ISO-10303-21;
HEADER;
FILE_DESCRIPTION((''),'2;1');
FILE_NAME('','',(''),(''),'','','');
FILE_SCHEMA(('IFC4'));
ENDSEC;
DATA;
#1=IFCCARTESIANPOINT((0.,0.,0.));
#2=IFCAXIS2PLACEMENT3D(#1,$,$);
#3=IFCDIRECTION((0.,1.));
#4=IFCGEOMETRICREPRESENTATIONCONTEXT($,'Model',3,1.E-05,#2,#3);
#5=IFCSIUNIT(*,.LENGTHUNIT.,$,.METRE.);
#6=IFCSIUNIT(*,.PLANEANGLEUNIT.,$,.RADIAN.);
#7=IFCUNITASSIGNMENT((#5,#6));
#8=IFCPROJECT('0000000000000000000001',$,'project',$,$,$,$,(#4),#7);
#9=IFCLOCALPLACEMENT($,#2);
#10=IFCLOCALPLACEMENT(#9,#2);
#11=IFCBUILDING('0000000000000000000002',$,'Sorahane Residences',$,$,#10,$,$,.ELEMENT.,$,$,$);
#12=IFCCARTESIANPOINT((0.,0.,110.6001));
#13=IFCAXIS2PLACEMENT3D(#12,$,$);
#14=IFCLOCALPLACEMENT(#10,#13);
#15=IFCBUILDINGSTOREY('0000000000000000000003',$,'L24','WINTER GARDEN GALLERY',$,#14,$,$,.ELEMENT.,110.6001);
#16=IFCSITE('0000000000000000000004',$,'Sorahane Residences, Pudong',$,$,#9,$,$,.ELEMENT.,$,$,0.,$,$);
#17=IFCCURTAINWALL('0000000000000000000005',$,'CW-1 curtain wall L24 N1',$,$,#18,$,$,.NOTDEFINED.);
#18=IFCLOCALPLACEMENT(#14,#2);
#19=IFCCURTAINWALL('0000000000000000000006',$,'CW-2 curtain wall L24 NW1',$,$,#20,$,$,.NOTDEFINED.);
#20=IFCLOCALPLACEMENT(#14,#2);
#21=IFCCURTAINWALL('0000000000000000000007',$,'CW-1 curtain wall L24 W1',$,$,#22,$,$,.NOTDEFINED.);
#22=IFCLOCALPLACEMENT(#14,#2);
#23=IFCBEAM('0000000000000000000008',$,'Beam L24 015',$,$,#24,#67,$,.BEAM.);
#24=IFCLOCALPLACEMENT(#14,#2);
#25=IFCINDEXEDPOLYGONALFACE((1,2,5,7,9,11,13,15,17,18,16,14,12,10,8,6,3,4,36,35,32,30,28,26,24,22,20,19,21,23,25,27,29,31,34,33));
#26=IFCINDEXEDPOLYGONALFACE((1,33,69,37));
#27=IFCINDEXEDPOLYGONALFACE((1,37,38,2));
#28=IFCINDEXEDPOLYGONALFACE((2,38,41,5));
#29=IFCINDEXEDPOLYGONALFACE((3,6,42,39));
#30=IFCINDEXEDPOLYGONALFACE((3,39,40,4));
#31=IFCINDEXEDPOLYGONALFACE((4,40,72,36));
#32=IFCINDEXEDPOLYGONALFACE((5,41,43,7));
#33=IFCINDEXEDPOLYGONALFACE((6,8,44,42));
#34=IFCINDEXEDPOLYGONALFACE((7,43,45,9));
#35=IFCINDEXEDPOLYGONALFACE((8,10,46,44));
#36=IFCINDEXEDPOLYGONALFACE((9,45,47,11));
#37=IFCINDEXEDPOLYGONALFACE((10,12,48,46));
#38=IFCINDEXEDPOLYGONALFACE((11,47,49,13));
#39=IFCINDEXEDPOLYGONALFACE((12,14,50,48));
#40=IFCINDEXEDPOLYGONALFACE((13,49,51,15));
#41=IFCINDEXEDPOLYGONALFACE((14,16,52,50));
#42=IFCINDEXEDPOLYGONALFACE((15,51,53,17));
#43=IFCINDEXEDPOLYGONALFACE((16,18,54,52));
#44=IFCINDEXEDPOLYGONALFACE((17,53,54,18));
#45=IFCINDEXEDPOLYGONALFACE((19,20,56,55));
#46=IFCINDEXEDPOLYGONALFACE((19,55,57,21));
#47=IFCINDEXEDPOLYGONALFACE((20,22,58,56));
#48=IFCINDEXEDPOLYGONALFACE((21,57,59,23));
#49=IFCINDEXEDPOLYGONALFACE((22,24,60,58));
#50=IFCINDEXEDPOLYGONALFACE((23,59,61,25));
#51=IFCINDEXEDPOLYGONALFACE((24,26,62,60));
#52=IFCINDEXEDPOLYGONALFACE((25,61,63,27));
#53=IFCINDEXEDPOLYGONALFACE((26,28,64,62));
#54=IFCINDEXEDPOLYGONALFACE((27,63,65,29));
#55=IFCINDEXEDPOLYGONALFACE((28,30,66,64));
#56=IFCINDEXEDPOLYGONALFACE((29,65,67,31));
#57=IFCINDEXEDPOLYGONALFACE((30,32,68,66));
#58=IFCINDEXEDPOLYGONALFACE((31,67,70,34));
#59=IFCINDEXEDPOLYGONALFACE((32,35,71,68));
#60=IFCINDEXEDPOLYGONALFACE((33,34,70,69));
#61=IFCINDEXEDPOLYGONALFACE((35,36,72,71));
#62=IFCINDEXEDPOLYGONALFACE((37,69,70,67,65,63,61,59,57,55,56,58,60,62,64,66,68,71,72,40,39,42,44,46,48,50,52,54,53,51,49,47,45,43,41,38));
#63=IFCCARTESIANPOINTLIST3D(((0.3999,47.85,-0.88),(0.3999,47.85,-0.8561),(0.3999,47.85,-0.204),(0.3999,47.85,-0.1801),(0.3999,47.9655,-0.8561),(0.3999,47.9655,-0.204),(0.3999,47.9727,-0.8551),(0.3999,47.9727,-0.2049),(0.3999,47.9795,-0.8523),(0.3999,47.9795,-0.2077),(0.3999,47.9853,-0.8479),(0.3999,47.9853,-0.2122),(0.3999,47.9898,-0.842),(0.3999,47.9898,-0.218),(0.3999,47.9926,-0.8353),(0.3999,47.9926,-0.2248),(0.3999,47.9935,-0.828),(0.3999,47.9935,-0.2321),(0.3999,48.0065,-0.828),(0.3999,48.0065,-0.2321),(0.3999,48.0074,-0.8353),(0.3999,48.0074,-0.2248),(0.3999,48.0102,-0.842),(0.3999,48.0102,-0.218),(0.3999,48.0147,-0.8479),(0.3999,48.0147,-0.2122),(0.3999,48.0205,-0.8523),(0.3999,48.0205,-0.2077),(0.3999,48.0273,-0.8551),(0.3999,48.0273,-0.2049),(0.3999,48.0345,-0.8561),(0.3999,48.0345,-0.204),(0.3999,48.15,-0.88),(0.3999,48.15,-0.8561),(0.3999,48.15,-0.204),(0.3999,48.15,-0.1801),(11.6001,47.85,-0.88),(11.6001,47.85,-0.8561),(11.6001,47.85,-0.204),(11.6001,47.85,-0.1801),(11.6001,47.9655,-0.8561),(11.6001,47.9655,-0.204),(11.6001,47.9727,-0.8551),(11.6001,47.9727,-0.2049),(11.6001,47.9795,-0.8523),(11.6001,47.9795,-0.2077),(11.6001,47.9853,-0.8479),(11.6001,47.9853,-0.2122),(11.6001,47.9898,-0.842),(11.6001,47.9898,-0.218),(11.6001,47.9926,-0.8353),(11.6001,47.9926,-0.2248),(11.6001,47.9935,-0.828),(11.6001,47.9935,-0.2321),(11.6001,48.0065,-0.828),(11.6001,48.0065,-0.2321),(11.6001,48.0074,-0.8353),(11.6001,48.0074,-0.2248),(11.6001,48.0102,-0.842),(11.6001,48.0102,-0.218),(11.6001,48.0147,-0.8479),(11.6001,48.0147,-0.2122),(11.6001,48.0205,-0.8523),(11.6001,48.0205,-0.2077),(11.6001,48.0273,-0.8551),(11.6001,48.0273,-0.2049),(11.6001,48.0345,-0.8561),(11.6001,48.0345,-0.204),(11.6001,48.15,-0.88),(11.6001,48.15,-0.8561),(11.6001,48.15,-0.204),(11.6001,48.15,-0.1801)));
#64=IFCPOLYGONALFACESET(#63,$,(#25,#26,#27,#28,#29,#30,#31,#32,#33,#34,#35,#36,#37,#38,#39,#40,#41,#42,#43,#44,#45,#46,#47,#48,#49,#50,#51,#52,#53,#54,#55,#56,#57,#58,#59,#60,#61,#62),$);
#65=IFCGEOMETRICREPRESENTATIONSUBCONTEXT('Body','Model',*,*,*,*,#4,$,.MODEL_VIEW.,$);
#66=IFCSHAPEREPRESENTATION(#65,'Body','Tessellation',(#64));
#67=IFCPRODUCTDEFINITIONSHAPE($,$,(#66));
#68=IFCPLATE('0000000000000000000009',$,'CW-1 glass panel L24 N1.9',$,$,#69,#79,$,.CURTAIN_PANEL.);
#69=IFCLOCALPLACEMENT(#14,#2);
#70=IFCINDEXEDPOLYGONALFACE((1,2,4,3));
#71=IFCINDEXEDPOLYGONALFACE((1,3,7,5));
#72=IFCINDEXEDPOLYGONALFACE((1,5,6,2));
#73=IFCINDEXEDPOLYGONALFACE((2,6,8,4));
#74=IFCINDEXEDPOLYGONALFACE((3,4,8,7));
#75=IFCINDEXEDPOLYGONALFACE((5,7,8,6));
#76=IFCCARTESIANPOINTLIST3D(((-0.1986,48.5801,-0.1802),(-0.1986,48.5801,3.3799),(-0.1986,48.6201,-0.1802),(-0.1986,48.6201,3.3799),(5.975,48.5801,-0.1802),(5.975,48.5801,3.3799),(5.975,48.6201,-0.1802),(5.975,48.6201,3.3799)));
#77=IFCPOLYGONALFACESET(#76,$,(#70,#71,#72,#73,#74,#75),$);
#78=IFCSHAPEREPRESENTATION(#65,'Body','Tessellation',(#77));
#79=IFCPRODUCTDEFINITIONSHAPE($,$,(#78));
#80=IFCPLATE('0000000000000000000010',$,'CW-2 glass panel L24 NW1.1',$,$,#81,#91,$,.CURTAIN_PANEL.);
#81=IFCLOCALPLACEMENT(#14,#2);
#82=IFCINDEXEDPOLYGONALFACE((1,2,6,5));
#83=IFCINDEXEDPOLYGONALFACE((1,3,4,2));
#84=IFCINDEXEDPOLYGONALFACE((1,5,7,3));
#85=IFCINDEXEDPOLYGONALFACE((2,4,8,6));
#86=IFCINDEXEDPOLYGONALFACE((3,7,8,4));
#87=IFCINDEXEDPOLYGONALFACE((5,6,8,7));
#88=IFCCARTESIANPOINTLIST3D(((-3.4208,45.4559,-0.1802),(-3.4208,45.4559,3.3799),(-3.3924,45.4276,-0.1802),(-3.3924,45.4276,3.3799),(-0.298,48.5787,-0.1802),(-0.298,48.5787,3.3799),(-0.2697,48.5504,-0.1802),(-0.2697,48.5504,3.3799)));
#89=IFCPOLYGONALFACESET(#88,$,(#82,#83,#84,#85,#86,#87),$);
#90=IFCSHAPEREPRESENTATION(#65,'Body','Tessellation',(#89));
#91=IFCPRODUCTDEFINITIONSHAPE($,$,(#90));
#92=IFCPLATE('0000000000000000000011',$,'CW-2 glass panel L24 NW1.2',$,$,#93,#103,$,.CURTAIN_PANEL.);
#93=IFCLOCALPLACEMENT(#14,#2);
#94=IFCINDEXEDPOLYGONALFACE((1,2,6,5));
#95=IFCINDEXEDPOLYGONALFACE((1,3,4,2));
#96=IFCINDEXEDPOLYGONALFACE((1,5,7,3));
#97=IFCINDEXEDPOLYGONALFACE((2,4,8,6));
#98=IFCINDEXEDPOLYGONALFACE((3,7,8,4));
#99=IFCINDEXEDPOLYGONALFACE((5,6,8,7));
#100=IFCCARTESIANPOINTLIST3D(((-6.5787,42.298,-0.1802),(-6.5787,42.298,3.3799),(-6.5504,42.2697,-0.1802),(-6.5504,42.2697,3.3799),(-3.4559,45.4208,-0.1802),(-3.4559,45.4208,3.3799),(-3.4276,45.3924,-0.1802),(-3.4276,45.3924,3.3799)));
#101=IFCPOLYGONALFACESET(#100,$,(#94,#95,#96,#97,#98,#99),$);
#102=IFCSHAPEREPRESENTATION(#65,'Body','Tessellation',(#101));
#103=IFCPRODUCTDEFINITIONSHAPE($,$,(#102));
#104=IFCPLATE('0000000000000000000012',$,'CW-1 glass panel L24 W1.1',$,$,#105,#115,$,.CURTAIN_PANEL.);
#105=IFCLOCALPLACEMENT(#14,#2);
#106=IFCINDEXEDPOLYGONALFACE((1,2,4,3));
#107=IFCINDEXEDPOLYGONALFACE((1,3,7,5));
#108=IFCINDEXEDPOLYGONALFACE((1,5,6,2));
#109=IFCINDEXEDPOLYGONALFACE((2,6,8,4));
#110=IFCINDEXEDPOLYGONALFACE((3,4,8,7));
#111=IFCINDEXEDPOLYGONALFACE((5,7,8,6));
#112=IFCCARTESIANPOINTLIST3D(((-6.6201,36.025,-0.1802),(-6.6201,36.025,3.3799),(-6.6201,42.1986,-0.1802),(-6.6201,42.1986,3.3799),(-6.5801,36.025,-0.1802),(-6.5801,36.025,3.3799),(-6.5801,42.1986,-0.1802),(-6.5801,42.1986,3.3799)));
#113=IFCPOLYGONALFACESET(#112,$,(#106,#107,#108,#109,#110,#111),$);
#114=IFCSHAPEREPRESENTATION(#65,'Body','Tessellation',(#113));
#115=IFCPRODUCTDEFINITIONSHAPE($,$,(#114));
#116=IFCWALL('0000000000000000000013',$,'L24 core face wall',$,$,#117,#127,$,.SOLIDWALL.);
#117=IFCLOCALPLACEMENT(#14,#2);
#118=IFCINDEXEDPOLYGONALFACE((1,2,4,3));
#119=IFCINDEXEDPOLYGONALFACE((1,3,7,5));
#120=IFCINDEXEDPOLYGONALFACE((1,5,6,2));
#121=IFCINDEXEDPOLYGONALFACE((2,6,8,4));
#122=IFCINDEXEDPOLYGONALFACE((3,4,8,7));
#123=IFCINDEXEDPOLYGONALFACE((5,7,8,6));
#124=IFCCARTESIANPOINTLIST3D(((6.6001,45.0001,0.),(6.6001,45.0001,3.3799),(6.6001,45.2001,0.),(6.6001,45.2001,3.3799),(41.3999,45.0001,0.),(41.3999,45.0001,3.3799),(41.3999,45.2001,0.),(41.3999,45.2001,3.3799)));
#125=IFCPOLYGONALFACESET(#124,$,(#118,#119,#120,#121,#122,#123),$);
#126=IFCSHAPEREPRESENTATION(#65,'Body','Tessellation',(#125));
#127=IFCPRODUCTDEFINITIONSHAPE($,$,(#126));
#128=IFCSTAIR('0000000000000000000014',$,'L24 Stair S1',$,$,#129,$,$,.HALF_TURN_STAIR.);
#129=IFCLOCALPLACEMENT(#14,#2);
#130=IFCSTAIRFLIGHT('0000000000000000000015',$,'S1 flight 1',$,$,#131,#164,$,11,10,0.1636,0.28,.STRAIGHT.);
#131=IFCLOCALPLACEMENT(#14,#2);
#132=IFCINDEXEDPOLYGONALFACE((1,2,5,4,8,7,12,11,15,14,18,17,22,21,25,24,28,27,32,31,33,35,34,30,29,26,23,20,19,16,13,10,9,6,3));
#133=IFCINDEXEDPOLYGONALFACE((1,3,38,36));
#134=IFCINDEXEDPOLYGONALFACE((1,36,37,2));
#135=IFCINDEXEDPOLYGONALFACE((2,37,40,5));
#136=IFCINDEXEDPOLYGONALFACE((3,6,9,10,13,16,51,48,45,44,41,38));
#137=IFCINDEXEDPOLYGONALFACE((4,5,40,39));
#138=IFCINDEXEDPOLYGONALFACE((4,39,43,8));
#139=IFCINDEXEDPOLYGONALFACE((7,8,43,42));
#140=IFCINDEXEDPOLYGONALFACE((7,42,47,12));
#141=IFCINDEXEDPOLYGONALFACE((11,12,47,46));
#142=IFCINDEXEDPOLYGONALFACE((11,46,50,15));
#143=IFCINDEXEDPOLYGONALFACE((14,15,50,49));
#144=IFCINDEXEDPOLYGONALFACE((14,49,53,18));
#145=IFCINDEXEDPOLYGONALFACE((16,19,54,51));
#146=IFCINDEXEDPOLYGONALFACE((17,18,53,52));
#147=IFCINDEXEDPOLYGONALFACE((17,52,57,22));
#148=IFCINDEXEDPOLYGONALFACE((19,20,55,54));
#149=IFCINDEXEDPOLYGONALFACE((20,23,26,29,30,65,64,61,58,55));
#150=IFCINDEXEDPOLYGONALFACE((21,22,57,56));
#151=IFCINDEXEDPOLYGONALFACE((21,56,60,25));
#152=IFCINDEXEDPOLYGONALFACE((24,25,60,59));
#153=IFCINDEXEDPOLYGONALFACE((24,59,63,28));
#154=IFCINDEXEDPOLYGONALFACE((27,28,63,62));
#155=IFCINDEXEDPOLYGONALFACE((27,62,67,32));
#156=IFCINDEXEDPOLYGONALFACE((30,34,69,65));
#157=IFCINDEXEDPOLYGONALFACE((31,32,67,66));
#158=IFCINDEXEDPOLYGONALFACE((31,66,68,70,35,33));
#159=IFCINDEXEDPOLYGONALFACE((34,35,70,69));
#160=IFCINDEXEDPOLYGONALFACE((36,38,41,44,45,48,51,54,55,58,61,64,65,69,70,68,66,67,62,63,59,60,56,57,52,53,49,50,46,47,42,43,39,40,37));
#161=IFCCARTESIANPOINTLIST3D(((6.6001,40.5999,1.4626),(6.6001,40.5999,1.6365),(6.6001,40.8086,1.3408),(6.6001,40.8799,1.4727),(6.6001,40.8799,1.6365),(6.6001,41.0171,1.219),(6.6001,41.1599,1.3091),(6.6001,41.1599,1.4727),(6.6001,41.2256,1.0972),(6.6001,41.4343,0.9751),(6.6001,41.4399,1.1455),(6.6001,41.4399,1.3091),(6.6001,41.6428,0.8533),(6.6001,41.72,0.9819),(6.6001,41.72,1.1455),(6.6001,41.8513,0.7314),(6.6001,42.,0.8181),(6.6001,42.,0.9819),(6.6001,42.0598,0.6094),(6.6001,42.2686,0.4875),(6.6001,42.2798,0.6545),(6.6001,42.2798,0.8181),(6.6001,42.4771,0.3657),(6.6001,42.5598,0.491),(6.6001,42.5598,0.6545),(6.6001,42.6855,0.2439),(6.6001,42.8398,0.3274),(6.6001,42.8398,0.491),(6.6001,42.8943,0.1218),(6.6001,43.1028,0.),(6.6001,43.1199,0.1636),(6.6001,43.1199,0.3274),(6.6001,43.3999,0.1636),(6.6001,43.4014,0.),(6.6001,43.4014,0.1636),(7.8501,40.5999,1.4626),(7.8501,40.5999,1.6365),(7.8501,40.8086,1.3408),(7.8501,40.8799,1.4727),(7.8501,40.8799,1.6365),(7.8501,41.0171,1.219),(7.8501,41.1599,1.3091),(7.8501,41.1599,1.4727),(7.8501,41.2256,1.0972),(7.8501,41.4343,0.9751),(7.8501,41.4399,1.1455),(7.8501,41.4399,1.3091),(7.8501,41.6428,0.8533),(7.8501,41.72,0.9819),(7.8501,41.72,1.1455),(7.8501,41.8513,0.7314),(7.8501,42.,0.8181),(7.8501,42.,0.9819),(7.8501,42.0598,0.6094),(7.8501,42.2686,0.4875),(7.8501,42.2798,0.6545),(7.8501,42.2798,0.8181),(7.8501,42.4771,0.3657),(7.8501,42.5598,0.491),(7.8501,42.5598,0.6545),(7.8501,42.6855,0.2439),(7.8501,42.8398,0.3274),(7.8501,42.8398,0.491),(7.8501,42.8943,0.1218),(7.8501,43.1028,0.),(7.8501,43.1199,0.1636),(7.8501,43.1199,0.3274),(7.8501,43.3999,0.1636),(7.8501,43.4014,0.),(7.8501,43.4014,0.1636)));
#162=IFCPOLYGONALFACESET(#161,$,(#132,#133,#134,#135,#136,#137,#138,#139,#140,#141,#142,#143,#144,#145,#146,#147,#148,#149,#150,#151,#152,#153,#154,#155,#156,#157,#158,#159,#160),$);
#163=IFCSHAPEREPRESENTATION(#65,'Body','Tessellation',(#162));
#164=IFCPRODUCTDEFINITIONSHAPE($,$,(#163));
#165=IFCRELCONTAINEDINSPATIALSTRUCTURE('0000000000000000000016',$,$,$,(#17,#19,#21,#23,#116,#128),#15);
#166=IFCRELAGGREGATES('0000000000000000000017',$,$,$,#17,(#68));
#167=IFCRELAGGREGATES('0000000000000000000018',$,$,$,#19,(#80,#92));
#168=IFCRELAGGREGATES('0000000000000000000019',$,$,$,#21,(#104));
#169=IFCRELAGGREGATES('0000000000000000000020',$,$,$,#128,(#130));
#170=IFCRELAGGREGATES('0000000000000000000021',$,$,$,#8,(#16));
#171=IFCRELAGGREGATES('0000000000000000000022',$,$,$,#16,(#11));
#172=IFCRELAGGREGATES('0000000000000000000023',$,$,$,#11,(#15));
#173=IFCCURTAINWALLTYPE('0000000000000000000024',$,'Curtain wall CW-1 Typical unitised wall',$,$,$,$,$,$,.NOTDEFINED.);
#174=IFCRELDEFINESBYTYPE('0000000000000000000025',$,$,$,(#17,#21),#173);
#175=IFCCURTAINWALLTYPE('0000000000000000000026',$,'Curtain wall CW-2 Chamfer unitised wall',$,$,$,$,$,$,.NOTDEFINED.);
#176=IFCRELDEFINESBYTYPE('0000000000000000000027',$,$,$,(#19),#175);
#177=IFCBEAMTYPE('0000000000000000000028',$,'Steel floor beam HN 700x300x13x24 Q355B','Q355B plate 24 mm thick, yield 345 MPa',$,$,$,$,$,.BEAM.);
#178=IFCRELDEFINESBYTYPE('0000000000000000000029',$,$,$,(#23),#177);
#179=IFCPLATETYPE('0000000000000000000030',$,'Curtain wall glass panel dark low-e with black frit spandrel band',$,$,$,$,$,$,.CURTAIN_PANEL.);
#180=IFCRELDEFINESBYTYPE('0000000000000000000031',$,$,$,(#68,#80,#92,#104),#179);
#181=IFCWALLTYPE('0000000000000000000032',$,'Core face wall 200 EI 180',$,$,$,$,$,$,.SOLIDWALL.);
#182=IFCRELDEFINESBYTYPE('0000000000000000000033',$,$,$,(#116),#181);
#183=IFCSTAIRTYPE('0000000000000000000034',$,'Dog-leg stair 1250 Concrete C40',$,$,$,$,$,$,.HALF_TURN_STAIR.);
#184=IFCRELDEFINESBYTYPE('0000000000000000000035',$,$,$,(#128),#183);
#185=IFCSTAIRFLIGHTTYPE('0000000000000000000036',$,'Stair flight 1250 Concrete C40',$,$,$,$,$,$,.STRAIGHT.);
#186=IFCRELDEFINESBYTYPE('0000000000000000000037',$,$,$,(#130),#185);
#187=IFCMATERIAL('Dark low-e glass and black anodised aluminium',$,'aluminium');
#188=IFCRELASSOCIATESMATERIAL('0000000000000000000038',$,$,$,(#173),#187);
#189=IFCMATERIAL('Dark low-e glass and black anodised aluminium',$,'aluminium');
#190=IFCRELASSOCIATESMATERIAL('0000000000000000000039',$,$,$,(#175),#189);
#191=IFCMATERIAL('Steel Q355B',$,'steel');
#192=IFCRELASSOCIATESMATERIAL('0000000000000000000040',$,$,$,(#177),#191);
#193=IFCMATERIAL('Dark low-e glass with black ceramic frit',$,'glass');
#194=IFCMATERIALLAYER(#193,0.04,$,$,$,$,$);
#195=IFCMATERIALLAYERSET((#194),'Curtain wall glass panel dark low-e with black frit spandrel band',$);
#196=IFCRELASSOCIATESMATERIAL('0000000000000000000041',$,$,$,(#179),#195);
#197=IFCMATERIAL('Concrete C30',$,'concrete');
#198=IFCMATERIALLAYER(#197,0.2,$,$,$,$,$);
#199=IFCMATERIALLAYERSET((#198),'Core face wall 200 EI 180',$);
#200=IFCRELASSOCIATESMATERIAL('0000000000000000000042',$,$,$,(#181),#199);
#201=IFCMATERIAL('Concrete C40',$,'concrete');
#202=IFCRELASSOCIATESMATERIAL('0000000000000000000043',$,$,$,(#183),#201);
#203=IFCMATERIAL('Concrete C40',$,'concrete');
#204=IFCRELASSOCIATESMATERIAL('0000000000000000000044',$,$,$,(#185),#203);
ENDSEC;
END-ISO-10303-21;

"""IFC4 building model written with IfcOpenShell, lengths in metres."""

from ifc_helpers import new_model, si_unit, direction, frame, frame_2d, origin, origin_2d, place, context, subcontext, project, spatial, polyline, rectangle, i_section, outline, extrude, material, layer, layer_set, material_profile, profile_set, type_object, element, aggregate, save


model = new_model("IFC4")

# Units and contexts
model_context = context("Model", 3, precision=1e-05, world=origin(), true_north=direction((0.0, 1.0)))
body_context = subcontext(model_context, "Body", "Model", "MODEL_VIEW")
ifc_project = project(units=[si_unit("LENGTHUNIT", "METRE"), si_unit("PLANEANGLEUNIT", "RADIAN")], contexts=[model_context])

# Site, building, storey
site_placement = place(None, origin())
site = spatial("IfcSite", under=ifc_project, at=site_placement, Name="Sorahane Residences, Pudong", CompositionType="ELEMENT", RefElevation=0.0)
building_placement = place(site_placement, origin())
building = spatial("IfcBuilding", under=site, at=building_placement, Name="Sorahane Residences", CompositionType="ELEMENT")
storey_placement = place(building_placement, frame((0.0, 0.0, 110.6001)))
storey = spatial("IfcBuildingStorey", under=building, at=storey_placement, Name="L24", Description="WINTER GARDEN GALLERY", CompositionType="ELEMENT", Elevation=110.6001)

# Curtain walls
ifc_material_1 = material(Name="Dark low-e glass and black anodised aluminium", Category="aluminium")
curtain_wall_type_1 = type_object("IfcCurtainWallType", Name="Curtain wall CW-1 Typical unitised wall", PredefinedType="NOTDEFINED", material=ifc_material_1)
curtain_wall_1_placement = place(storey_placement, origin())
curtain_wall_1 = element("IfcCurtainWall", 1, at=curtain_wall_1_placement, inside=storey, type_object=curtain_wall_type_1, Name="CW-1 curtain wall L24 N1", PredefinedType="NOTDEFINED")
ifc_material_2 = material(Name="Dark low-e glass and black anodised aluminium", Category="aluminium")
curtain_wall_type_2 = type_object("IfcCurtainWallType", Name="Curtain wall CW-2 Chamfer unitised wall", PredefinedType="NOTDEFINED", material=ifc_material_2)
curtain_wall_2_placement = place(storey_placement, origin())
curtain_wall_2 = element("IfcCurtainWall", 2, at=curtain_wall_2_placement, inside=storey, type_object=curtain_wall_type_2, Name="CW-2 curtain wall L24 NW1", PredefinedType="NOTDEFINED")

# Curtain wall
curtain_wall_3_placement = place(storey_placement, origin())
curtain_wall_3 = element("IfcCurtainWall", 3, at=curtain_wall_3_placement, inside=storey, type_object=curtain_wall_type_1, Name="CW-1 curtain wall L24 W1", PredefinedType="NOTDEFINED")

# Beam
ifc_material_3 = material(Name="Steel Q355B", Category="steel")
ifc_material_profile_1 = material_profile(ifc_material_3, i_section(OverallWidth=0.3, OverallDepth=0.7, WebThickness=0.0129, FlangeThickness=0.0239, FilletRadius=0.0281, at=origin_2d()), Name="HN 700x300x13x24")
ifc_profile_set_1 = profile_set([ifc_material_profile_1], Name="Steel Q355B")
beam_type_1 = type_object("IfcBeamType", Name="Steel floor beam HN 700x300x13x24 Q355B", Description="Q355B plate 24 mm thick, yield 345 MPa", PredefinedType="BEAM", material=ifc_profile_set_1)
beam_1_placement = place(storey_placement, frame((0.3999, 48.0, -0.53), z_axis=(1.0, 0.0, 0.0), x_axis=(0.0, 1.0, 0.0)))
element("IfcBeam", 4, at=beam_1_placement, inside=storey, type_object=beam_type_1, Name="Beam L24 015", PredefinedType="BEAM", context=body_context, shape_type="SweptSolid", body=[
    extrude(i_section(OverallWidth=0.3, OverallDepth=0.7, WebThickness=0.0129, FlangeThickness=0.0239, FilletRadius=0.0281, at=origin_2d()), origin(), (0.0, 0.0, 1.0), 11.2002),
])

# Plates
ifc_material_4 = material(Name="Dark low-e glass with black ceramic frit", Category="glass")
ifc_layer_1 = layer(ifc_material_4, 0.04)
ifc_layer_set_1 = layer_set([ifc_layer_1], Name="Curtain wall glass panel dark low-e with black frit spandrel band")
plate_type = type_object("IfcPlateType", Name="Curtain wall glass panel dark low-e with black frit spandrel band", PredefinedType="CURTAIN_PANEL", material=ifc_layer_set_1)
plate_1_placement = place(storey_placement, frame((2.8882, 48.6001, -0.1802), z_axis=(0.0, 0.0, 1.0), x_axis=(-1.0, 0.0, 0.0)))
plate_1 = element("IfcPlate", 5, at=plate_1_placement, type_object=plate_type, Name="CW-1 glass panel L24 N1.9", PredefinedType="CURTAIN_PANEL", context=body_context, shape_type="SweptSolid", body=[
    extrude(rectangle(XDim=6.1736, YDim=0.04, at=origin_2d()), origin(), (0.0, 0.0, 1.0), 3.5601),
])
aggregate(curtain_wall_1, [plate_1])
plate_2_placement = place(storey_placement, frame((-1.8452, 47.0032, -0.1802), z_axis=(0.0, 0.0, 1.0), x_axis=(-0.707107, -0.707107, 0.0)))
plate_2 = element("IfcPlate", 6, at=plate_2_placement, type_object=plate_type, Name="CW-2 glass panel L24 NW1.1", PredefinedType="CURTAIN_PANEL", context=body_context, shape_type="SweptSolid", body=[
    extrude(rectangle(XDim=4.4163, YDim=0.04, at=origin_2d()), origin(), (0.0, 0.0, 1.0), 3.5601),
])
plate_3_placement = place(storey_placement, frame((-5.0032, 43.8452, -0.1802), z_axis=(0.0, 0.0, 1.0), x_axis=(-0.707107, -0.707107, 0.0)))
plate_3 = element("IfcPlate", 7, at=plate_3_placement, type_object=plate_type, Name="CW-2 glass panel L24 NW1.2", PredefinedType="CURTAIN_PANEL", context=body_context, shape_type="SweptSolid", body=[
    extrude(rectangle(XDim=4.4163, YDim=0.04, at=origin_2d()), origin(), (0.0, 0.0, 1.0), 3.5601),
])
aggregate(curtain_wall_2, [plate_2, plate_3])
plate_4_placement = place(storey_placement, frame((-6.6001, 39.1118, -0.1802), z_axis=(0.0, 0.0, 1.0), x_axis=(0.0, -1.0, 0.0)))
plate_4 = element("IfcPlate", 8, at=plate_4_placement, type_object=plate_type, Name="CW-1 glass panel L24 W1.1", PredefinedType="CURTAIN_PANEL", context=body_context, shape_type="SweptSolid", body=[
    extrude(rectangle(XDim=6.1736, YDim=0.04, at=origin_2d()), origin(), (0.0, 0.0, 1.0), 3.5601),
])
aggregate(curtain_wall_3, [plate_4])

# Wall
ifc_material_5 = material(Name="Concrete C30", Category="concrete")
ifc_layer_2 = layer(ifc_material_5, 0.2)
ifc_layer_set_2 = layer_set([ifc_layer_2], Name="Core face wall 200 EI 180")
wall_type = type_object("IfcWallType", Name="Core face wall 200 EI 180", PredefinedType="SOLIDWALL", material=ifc_layer_set_2)
wall_placement = place(storey_placement, frame((6.6001, 45.1001, 0.0), z_axis=(0.0, 0.0, 1.0), x_axis=(1.0, 0.0, 0.0)))
element("IfcWall", 9, at=wall_placement, inside=storey, type_object=wall_type, Name="L24 core face wall", PredefinedType="SOLIDWALL", context=body_context, shape_type="SweptSolid", body=[
    extrude(rectangle(XDim=34.7998, YDim=0.2, at=frame_2d((17.3999, 0.0))), origin(), (0.0, 0.0, 1.0), 3.3799),
])

# Stair, stair flight
ifc_material_6 = material(Name="Concrete C40", Category="concrete")
stair_type = type_object("IfcStairType", Name="Dog-leg stair 1250 Concrete C40", PredefinedType="HALF_TURN_STAIR", material=ifc_material_6)
stair_placement = place(storey_placement, origin())
stair = element("IfcStair", 10, at=stair_placement, inside=storey, type_object=stair_type, Name="L24 Stair S1", PredefinedType="HALF_TURN_STAIR")
ifc_material_7 = material(Name="Concrete C40", Category="concrete")
stair_flight_type = type_object("IfcStairFlightType", Name="Stair flight 1250 Concrete C40", PredefinedType="STRAIGHT", material=ifc_material_7)
stair_flight_placement = place(storey_placement, frame((7.2251, 43.3999, 0.0), z_axis=(0.0, 0.0, 1.0), x_axis=(0.0, -1.0, 0.0)))
stair_flight = element("IfcStairFlight", 11, at=stair_flight_placement, type_object=stair_flight_type, Name="S1 flight 1", NumberOfRisers=11, NumberOfTreads=10, PredefinedType="STRAIGHT", RiserHeight=0.1636, TreadLength=0.28, context=body_context, shape_type="SweptSolid", body=[
    extrude(outline(polyline([(-0.0015, 0.0), (-0.0015, 0.1636), (0.0, 0.1636), (0.28, 0.1636), (0.28, 0.3274), (0.5601, 0.3274), (0.5601, 0.491), (0.8401, 0.491), (0.8401, 0.6545), (1.1201, 0.6545), (1.1201, 0.8181), (1.3999, 0.8181), (1.3999, 0.9819), (1.6799, 0.9819), (1.6799, 1.1455), (1.96, 1.1455), (1.96, 1.3091), (2.24, 1.3091), (2.24, 1.4727), (2.52, 1.4727), (2.52, 1.6365), (2.8, 1.6365), (2.8, 1.8), (2.8, 1.4626), (2.5913, 1.3408), (2.3828, 1.219), (2.1743, 1.0972), (1.9656, 0.9751), (1.7571, 0.8533), (1.5486, 0.7314), (1.3401, 0.6094), (1.1313, 0.4875), (0.9229, 0.3657), (0.7144, 0.2439), (0.5056, 0.1218), (0.2971, 0.0), (-0.0015, 0.0)])), frame((0.0, 0.625, 0.0), z_axis=(0.0, -1.0, 0.0), x_axis=(1.0, 0.0, 0.0)), (0.0, 0.0, 1.0), 1.25),
])
aggregate(stair, [stair_flight])

save(model, "model.ifc")
